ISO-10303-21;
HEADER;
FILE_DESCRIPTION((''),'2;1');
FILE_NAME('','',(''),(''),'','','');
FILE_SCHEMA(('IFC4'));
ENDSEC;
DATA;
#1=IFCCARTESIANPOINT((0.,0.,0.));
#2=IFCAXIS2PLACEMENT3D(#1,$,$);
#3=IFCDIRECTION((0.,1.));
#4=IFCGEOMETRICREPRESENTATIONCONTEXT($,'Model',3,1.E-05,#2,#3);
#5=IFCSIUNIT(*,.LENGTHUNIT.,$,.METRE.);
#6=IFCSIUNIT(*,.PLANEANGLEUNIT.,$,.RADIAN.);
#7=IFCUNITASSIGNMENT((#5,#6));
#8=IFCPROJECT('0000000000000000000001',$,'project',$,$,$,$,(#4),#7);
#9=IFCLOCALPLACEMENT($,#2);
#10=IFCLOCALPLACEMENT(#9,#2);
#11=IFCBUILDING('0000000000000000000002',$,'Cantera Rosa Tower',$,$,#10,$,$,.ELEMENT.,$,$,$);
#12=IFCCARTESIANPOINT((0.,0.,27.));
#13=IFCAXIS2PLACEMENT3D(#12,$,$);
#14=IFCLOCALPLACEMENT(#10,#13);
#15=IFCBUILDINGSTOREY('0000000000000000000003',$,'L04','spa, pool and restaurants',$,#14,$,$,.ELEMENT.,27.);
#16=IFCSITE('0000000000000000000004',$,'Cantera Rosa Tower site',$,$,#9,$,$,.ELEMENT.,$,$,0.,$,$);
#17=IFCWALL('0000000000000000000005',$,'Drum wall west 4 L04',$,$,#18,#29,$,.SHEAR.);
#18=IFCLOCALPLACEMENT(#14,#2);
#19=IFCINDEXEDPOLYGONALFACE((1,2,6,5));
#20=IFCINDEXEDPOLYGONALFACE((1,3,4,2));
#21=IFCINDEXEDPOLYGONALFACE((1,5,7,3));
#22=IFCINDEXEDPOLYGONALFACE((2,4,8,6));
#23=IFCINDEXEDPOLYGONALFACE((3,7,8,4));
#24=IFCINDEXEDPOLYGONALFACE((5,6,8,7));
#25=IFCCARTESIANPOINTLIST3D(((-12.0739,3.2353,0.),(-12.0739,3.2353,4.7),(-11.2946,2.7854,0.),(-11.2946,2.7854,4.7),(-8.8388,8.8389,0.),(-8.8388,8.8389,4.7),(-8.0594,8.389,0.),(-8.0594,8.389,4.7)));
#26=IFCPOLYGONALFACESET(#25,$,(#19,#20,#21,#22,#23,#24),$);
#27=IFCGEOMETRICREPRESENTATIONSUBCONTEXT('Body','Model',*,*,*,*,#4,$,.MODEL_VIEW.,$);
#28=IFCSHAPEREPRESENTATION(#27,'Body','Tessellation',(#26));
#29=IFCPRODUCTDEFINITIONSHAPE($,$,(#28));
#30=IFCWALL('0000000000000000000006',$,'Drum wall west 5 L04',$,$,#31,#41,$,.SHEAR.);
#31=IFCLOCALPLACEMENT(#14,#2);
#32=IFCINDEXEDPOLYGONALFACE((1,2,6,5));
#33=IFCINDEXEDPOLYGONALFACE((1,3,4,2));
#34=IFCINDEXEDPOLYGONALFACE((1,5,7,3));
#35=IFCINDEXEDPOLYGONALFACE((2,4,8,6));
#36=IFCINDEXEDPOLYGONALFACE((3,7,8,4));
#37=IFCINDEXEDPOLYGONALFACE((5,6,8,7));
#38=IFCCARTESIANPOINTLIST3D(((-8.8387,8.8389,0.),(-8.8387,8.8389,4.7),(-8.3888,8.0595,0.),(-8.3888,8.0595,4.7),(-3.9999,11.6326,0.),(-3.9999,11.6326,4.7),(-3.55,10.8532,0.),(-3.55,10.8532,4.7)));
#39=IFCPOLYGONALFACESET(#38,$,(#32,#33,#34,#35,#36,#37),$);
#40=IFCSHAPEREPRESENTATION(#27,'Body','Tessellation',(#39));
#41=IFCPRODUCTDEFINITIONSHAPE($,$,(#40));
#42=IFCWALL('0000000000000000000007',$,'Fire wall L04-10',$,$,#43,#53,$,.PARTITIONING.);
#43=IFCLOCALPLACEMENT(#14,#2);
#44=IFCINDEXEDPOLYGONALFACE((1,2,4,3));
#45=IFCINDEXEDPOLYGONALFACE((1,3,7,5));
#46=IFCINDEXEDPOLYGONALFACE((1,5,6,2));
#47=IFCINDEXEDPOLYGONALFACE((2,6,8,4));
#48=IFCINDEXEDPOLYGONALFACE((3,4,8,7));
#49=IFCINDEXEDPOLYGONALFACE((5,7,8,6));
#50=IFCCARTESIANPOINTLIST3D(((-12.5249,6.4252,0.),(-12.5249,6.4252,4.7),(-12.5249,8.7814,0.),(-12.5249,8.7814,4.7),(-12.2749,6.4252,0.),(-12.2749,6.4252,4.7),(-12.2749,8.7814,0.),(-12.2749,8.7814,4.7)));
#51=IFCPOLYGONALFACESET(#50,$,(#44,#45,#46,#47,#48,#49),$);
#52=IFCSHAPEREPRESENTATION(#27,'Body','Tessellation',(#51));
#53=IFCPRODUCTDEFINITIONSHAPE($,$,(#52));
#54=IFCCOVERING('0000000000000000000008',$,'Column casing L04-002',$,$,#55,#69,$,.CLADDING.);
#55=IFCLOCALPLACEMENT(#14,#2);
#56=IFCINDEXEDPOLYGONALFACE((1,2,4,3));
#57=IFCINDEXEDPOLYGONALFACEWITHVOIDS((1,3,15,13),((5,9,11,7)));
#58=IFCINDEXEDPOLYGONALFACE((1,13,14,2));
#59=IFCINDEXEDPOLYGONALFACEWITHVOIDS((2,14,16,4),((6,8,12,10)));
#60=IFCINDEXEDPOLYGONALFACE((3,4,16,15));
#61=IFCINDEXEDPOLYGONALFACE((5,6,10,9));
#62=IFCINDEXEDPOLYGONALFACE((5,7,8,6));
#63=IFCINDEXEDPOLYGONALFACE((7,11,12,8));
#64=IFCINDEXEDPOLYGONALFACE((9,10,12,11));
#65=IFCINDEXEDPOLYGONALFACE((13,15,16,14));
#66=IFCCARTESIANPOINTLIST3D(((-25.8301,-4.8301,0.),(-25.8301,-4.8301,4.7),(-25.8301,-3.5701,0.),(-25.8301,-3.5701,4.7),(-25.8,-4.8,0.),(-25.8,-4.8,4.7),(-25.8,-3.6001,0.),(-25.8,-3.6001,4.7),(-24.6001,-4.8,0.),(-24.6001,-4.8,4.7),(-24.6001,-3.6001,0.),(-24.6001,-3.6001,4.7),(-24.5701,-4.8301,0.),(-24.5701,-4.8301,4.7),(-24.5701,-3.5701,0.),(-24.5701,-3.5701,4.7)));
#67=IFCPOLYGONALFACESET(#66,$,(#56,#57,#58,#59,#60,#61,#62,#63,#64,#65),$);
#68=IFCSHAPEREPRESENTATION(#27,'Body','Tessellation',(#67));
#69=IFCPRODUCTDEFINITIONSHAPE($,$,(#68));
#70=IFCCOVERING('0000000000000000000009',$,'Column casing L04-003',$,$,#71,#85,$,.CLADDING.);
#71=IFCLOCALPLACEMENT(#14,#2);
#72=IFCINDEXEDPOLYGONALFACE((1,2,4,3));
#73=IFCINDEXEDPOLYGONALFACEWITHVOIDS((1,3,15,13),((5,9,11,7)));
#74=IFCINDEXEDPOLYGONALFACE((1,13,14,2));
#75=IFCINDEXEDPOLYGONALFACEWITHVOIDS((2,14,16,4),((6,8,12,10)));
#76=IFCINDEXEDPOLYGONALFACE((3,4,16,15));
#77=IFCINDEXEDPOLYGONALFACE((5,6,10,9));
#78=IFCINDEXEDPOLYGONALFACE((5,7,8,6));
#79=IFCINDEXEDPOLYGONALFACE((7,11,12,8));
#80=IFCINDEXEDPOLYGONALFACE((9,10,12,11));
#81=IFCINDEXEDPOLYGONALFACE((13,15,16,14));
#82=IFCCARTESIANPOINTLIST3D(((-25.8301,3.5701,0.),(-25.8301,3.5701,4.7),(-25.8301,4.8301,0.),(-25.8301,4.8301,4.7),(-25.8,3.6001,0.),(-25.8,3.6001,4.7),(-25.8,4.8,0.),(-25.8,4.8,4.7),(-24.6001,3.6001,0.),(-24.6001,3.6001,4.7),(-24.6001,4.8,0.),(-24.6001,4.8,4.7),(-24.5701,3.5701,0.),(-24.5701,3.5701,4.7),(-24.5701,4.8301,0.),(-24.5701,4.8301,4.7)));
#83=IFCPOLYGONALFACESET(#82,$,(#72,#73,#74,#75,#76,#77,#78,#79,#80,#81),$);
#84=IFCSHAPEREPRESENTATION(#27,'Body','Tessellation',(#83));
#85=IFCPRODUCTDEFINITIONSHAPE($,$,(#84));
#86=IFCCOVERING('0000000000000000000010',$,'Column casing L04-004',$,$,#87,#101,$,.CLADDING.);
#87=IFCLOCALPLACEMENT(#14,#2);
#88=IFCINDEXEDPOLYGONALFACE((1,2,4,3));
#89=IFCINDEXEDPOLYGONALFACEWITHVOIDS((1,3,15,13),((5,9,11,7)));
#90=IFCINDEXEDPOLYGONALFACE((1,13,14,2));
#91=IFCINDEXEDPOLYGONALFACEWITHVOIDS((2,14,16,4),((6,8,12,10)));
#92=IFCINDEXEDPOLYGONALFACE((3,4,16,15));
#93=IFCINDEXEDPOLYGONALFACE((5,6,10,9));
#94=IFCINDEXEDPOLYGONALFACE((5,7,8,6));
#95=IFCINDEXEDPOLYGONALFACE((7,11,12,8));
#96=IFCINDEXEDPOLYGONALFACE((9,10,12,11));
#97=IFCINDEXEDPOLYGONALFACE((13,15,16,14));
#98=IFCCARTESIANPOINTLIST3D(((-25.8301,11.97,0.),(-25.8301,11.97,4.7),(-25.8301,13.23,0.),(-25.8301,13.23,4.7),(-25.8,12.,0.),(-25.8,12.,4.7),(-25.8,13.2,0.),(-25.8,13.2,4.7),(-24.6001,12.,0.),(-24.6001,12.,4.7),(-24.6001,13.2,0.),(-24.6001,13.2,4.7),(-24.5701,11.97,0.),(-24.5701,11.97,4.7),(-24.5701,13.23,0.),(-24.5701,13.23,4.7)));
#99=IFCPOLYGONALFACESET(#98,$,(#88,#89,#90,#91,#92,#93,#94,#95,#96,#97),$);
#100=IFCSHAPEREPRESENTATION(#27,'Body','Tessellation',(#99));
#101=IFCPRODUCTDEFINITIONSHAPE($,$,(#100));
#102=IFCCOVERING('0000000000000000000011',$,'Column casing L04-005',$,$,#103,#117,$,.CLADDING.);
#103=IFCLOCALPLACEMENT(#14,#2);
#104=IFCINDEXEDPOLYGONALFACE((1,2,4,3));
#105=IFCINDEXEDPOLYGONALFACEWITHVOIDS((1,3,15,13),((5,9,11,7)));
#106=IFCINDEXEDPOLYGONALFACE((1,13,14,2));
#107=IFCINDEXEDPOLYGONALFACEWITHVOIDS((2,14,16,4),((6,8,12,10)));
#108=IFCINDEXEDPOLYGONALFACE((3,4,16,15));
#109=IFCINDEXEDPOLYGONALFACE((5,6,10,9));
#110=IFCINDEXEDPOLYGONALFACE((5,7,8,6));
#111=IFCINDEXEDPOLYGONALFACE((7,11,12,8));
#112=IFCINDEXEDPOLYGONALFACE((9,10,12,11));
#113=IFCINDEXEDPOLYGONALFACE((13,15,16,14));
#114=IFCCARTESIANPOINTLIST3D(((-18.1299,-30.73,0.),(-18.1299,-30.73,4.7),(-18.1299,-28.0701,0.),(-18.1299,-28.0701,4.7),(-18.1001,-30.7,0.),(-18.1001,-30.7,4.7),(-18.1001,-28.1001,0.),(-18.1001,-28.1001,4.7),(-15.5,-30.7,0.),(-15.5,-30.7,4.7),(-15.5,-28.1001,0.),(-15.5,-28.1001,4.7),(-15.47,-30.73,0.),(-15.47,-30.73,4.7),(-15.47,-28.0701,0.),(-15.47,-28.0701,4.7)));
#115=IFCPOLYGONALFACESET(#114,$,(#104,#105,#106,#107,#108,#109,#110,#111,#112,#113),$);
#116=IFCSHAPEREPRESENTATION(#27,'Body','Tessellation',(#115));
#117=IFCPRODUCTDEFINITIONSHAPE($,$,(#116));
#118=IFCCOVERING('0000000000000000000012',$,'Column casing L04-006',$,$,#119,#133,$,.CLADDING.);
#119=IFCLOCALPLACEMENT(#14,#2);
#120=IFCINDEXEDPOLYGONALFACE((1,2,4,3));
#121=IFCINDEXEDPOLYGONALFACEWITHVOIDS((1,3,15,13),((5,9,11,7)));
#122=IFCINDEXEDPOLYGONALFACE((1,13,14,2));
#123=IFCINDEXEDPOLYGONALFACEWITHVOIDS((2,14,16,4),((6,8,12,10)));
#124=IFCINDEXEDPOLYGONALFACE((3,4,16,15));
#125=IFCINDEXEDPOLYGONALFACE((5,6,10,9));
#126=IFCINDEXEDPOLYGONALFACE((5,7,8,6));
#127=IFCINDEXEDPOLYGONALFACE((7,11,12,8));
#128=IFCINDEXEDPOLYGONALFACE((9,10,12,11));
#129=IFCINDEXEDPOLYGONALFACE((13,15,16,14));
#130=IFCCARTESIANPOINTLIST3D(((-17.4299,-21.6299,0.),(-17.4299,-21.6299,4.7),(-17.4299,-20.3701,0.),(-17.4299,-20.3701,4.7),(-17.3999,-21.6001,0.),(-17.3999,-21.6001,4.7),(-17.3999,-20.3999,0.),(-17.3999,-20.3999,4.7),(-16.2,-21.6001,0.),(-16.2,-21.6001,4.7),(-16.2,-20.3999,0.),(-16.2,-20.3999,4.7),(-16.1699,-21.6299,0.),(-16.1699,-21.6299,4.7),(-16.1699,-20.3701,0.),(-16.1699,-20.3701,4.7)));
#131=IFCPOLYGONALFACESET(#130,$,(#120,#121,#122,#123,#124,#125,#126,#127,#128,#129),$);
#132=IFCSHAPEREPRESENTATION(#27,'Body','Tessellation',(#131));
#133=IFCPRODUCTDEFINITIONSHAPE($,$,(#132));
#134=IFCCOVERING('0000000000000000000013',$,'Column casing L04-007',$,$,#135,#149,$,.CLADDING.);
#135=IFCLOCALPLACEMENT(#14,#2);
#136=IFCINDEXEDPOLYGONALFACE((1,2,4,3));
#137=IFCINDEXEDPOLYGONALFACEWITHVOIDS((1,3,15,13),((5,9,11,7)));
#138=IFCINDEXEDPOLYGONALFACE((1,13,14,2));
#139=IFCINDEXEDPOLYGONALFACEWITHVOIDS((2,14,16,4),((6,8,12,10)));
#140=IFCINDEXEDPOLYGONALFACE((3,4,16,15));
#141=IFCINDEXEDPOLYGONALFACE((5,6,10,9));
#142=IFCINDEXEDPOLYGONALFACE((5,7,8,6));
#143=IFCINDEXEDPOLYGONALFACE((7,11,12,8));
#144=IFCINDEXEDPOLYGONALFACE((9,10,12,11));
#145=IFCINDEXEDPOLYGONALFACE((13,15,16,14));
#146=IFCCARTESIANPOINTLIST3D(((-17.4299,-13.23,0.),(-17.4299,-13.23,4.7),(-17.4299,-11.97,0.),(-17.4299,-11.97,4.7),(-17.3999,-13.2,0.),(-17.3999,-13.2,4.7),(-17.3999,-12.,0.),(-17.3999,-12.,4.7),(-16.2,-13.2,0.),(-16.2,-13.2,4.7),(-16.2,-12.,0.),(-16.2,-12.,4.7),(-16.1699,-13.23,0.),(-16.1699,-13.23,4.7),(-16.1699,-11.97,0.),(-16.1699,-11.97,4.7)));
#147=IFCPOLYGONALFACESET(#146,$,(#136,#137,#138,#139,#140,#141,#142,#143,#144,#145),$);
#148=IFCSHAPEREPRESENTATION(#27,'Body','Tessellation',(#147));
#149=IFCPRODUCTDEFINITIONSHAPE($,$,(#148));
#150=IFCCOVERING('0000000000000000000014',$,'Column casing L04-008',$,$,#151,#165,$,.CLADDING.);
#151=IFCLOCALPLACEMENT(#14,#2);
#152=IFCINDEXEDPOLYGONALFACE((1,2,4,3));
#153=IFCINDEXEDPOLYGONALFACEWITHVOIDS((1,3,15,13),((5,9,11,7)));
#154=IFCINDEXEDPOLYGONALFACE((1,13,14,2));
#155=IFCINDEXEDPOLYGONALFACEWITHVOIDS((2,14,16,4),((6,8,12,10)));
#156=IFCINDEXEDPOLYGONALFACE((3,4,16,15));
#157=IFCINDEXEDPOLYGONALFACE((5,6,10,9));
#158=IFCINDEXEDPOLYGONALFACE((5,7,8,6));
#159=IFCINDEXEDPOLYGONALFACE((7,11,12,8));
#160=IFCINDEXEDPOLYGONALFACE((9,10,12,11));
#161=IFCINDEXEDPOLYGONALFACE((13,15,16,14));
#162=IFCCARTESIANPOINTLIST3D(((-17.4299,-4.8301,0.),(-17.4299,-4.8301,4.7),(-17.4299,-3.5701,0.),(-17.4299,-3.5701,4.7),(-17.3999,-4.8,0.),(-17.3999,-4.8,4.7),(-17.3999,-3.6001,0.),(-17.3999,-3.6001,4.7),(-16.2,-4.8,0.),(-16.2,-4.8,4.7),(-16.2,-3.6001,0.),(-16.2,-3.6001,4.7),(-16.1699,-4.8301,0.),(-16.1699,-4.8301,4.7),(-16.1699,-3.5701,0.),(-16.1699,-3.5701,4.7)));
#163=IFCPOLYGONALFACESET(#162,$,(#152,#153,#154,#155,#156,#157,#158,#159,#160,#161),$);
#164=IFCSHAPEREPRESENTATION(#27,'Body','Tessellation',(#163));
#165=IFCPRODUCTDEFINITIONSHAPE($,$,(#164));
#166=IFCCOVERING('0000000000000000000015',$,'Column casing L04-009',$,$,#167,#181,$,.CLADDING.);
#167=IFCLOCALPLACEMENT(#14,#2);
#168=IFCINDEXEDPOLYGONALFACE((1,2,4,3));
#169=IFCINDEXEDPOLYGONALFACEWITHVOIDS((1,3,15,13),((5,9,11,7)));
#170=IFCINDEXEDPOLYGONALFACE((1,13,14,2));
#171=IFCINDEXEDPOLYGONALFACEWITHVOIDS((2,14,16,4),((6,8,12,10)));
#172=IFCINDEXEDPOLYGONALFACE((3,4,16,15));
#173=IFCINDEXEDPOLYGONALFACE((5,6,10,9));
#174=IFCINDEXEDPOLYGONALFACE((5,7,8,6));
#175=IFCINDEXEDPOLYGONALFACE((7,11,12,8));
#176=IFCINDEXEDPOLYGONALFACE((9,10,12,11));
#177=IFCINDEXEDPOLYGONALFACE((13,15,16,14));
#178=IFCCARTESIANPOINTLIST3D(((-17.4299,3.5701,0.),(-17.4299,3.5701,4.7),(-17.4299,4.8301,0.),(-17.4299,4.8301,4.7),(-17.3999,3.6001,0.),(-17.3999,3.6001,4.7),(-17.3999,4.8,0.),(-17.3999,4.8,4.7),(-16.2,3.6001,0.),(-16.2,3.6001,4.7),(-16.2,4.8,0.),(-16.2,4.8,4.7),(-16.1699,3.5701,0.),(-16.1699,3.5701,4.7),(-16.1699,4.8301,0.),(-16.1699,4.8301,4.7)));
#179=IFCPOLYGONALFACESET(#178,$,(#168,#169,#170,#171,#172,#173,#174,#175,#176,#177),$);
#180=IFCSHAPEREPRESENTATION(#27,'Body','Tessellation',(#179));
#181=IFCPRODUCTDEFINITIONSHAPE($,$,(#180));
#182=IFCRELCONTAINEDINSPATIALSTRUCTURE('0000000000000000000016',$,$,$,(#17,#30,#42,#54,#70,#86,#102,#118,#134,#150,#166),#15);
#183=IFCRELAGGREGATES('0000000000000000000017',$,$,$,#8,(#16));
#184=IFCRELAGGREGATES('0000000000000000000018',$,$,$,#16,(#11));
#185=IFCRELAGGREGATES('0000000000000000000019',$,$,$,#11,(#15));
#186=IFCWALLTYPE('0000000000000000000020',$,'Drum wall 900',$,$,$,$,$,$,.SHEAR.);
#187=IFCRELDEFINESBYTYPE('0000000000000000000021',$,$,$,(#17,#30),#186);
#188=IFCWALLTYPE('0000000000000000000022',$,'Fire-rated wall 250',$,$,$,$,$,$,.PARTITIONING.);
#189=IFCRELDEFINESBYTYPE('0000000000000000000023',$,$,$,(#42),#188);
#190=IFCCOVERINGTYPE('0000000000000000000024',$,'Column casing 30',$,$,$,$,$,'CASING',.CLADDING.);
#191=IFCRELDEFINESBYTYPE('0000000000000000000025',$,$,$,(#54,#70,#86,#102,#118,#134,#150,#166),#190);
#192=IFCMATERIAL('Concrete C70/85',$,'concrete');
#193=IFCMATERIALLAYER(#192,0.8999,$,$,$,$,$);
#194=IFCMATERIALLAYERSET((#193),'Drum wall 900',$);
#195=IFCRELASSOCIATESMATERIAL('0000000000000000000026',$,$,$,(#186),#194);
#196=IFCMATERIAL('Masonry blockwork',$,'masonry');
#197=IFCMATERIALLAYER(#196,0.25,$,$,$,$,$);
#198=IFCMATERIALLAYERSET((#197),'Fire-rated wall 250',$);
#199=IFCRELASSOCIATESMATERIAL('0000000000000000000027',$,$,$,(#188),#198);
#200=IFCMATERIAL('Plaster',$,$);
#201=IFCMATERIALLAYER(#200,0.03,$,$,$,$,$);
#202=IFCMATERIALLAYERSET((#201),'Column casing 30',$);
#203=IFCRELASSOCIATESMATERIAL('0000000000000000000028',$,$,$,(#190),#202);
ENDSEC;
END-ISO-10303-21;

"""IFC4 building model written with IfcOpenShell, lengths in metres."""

from ifc_helpers import new_model, si_unit, direction, frame, frame_2d, origin, place, context, subcontext, project, spatial, polyline, rectangle, outline, extrude, material, layer, layer_set, type_object, element, save


model = new_model("IFC4")

# Units and contexts
model_context = context("Model", 3, precision=1e-05, world=origin(), true_north=direction((0.0, 1.0)))
body_context = subcontext(model_context, "Body", "Model", "MODEL_VIEW")
ifc_project = project(units=[si_unit("LENGTHUNIT", "METRE"), si_unit("PLANEANGLEUNIT", "RADIAN")], contexts=[model_context])

# Site, building, storey
site_placement = place(None, origin())
site = spatial("IfcSite", under=ifc_project, at=site_placement, Name="Cantera Rosa Tower site", CompositionType="ELEMENT", RefElevation=0.0)
building_placement = place(site_placement, origin())
building = spatial("IfcBuilding", under=site, at=building_placement, Name="Cantera Rosa Tower", CompositionType="ELEMENT")
storey_placement = place(building_placement, frame((0.0, 0.0, 27.0)))
storey = spatial("IfcBuildingStorey", under=building, at=storey_placement, Name="L04", Description="spa, pool and restaurants", CompositionType="ELEMENT", Elevation=27.0)

# Walls
ifc_material_1 = material(Name="Concrete C70/85", Category="concrete")
ifc_layer_1 = layer(ifc_material_1, 0.8999)
ifc_layer_set_1 = layer_set([ifc_layer_1], Name="Drum wall 900")
wall_type_1 = type_object("IfcWallType", Name="Drum wall 900", PredefinedType="SHEAR", material=ifc_layer_set_1)
wall_1_placement = place(storey_placement, frame((-11.6843, 3.0103, 0.0), z_axis=(0.0, 0.0, 1.0), x_axis=(0.49999, 0.866031, 0.0)))
element("IfcWall", 1, at=wall_1_placement, inside=storey, type_object=wall_type_1, Name="Drum wall west 4 L04", PredefinedType="SHEAR", context=body_context, shape_type="SweptSolid", body=[
    extrude(rectangle(XDim=6.4705, YDim=0.8999, at=frame_2d((3.2354, 0.0))), origin(), (0.0, 0.0, 1.0), 4.7),
])
wall_2_placement = place(storey_placement, frame((-8.6138, 8.4492, 0.0), z_axis=(0.0, 0.0, 1.0), x_axis=(0.866027, 0.499997, 0.0)))
element("IfcWall", 2, at=wall_2_placement, inside=storey, type_object=wall_type_1, Name="Drum wall west 5 L04", PredefinedType="SHEAR", context=body_context, shape_type="SweptSolid", body=[
    extrude(rectangle(XDim=5.5874, YDim=0.8999, at=frame_2d((2.7937, 0.0))), origin(), (0.0, 0.0, 1.0), 4.7),
])
ifc_material_2 = material(Name="Masonry blockwork", Category="masonry")
ifc_layer_2 = layer(ifc_material_2, 0.25)
ifc_layer_set_2 = layer_set([ifc_layer_2], Name="Fire-rated wall 250")
wall_type_2 = type_object("IfcWallType", Name="Fire-rated wall 250", PredefinedType="PARTITIONING", material=ifc_layer_set_2)
wall_3_placement = place(storey_placement, frame((-12.3999, 6.425, 0.0), z_axis=(0.0, 0.0, 1.0), x_axis=(0.0, 1.0, 0.0)))
element("IfcWall", 3, at=wall_3_placement, inside=storey, type_object=wall_type_2, Name="Fire wall L04-10", PredefinedType="PARTITIONING", context=body_context, shape_type="SweptSolid", body=[
    extrude(rectangle(XDim=2.3562, YDim=0.25, at=frame_2d((1.1782, 0.0))), origin(), (0.0, 0.0, 1.0), 4.7),
])

# Coverings
ifc_material_3 = material(Name="Plaster")
ifc_layer_3 = layer(ifc_material_3, 0.03)
ifc_layer_set_3 = layer_set([ifc_layer_3], Name="Column casing 30")
covering_type = type_object("IfcCoveringType", Name="Column casing 30", ElementType="CASING", PredefinedType="CLADDING", material=ifc_layer_set_3)
covering_1_placement = place(storey_placement, origin())
element("IfcCovering", 4, at=covering_1_placement, inside=storey, type_object=covering_type, Name="Column casing L04-002", PredefinedType="CLADDING", context=body_context, shape_type="SweptSolid", body=[
    extrude(outline(polyline([(-25.8301, -4.8301), (-24.5701, -4.8301), (-24.5701, -3.5701), (-25.8301, -3.5701), (-25.8301, -4.8301)]), holes=[polyline([(-24.6001, -3.6001), (-25.8, -3.6001), (-25.8, -4.8), (-24.6001, -4.8), (-24.6001, -3.6001)])]), origin(), (0.0, 0.0, 1.0), 4.7),
])
covering_2_placement = place(storey_placement, origin())
element("IfcCovering", 5, at=covering_2_placement, inside=storey, type_object=covering_type, Name="Column casing L04-003", PredefinedType="CLADDING", context=body_context, shape_type="SweptSolid", body=[
    extrude(outline(polyline([(-25.8301, 3.5701), (-24.5701, 3.5701), (-24.5701, 4.8301), (-25.8301, 4.8301), (-25.8301, 3.5701)]), holes=[polyline([(-24.6001, 4.8), (-25.8, 4.8), (-25.8, 3.6001), (-24.6001, 3.6001), (-24.6001, 4.8)])]), origin(), (0.0, 0.0, 1.0), 4.7),
])
covering_3_placement = place(storey_placement, origin())
element("IfcCovering", 6, at=covering_3_placement, inside=storey, type_object=covering_type, Name="Column casing L04-004", PredefinedType="CLADDING", context=body_context, shape_type="SweptSolid", body=[
    extrude(outline(polyline([(-25.8301, 11.97), (-24.5701, 11.97), (-24.5701, 13.23), (-25.8301, 13.23), (-25.8301, 11.97)]), holes=[polyline([(-24.6001, 13.2), (-25.8, 13.2), (-25.8, 12.0), (-24.6001, 12.0), (-24.6001, 13.2)])]), origin(), (0.0, 0.0, 1.0), 4.7),
])
covering_4_placement = place(storey_placement, origin())
element("IfcCovering", 7, at=covering_4_placement, inside=storey, type_object=covering_type, Name="Column casing L04-005", PredefinedType="CLADDING", context=body_context, shape_type="SweptSolid", body=[
    extrude(outline(polyline([(-18.1299, -30.73), (-15.47, -30.73), (-15.47, -28.0701), (-18.1299, -28.0701), (-18.1299, -30.73)]), holes=[polyline([(-15.5, -28.1001), (-18.1001, -28.1001), (-18.1001, -30.7), (-15.5, -30.7), (-15.5, -28.1001)])]), origin(), (0.0, 0.0, 1.0), 4.7),
])
covering_5_placement = place(storey_placement, origin())
element("IfcCovering", 8, at=covering_5_placement, inside=storey, type_object=covering_type, Name="Column casing L04-006", PredefinedType="CLADDING", context=body_context, shape_type="SweptSolid", body=[
    extrude(outline(polyline([(-17.4299, -21.6299), (-16.1699, -21.6299), (-16.1699, -20.3701), (-17.4299, -20.3701), (-17.4299, -21.6299)]), holes=[polyline([(-16.2, -20.3999), (-17.3999, -20.3999), (-17.3999, -21.6001), (-16.2, -21.6001), (-16.2, -20.3999)])]), origin(), (0.0, 0.0, 1.0), 4.7),
])
covering_6_placement = place(storey_placement, origin())
element("IfcCovering", 9, at=covering_6_placement, inside=storey, type_object=covering_type, Name="Column casing L04-007", PredefinedType="CLADDING", context=body_context, shape_type="SweptSolid", body=[
    extrude(outline(polyline([(-17.4299, -13.23), (-16.1699, -13.23), (-16.1699, -11.97), (-17.4299, -11.97), (-17.4299, -13.23)]), holes=[polyline([(-16.2, -12.0), (-17.3999, -12.0), (-17.3999, -13.2), (-16.2, -13.2), (-16.2, -12.0)])]), origin(), (0.0, 0.0, 1.0), 4.7),
])
covering_7_placement = place(storey_placement, origin())
element("IfcCovering", 10, at=covering_7_placement, inside=storey, type_object=covering_type, Name="Column casing L04-008", PredefinedType="CLADDING", context=body_context, shape_type="SweptSolid", body=[
    extrude(outline(polyline([(-17.4299, -4.8301), (-16.1699, -4.8301), (-16.1699, -3.5701), (-17.4299, -3.5701), (-17.4299, -4.8301)]), holes=[polyline([(-16.2, -3.6001), (-17.3999, -3.6001), (-17.3999, -4.8), (-16.2, -4.8), (-16.2, -3.6001)])]), origin(), (0.0, 0.0, 1.0), 4.7),
])
covering_8_placement = place(storey_placement, origin())
element("IfcCovering", 11, at=covering_8_placement, inside=storey, type_object=covering_type, Name="Column casing L04-009", PredefinedType="CLADDING", context=body_context, shape_type="SweptSolid", body=[
    extrude(outline(polyline([(-17.4299, 3.5701), (-16.1699, 3.5701), (-16.1699, 4.8301), (-17.4299, 4.8301), (-17.4299, 3.5701)]), holes=[polyline([(-16.2, 4.8), (-17.3999, 4.8), (-17.3999, 3.6001), (-16.2, 3.6001), (-16.2, 4.8)])]), origin(), (0.0, 0.0, 1.0), 4.7),
])

save(model, "model.ifc")
